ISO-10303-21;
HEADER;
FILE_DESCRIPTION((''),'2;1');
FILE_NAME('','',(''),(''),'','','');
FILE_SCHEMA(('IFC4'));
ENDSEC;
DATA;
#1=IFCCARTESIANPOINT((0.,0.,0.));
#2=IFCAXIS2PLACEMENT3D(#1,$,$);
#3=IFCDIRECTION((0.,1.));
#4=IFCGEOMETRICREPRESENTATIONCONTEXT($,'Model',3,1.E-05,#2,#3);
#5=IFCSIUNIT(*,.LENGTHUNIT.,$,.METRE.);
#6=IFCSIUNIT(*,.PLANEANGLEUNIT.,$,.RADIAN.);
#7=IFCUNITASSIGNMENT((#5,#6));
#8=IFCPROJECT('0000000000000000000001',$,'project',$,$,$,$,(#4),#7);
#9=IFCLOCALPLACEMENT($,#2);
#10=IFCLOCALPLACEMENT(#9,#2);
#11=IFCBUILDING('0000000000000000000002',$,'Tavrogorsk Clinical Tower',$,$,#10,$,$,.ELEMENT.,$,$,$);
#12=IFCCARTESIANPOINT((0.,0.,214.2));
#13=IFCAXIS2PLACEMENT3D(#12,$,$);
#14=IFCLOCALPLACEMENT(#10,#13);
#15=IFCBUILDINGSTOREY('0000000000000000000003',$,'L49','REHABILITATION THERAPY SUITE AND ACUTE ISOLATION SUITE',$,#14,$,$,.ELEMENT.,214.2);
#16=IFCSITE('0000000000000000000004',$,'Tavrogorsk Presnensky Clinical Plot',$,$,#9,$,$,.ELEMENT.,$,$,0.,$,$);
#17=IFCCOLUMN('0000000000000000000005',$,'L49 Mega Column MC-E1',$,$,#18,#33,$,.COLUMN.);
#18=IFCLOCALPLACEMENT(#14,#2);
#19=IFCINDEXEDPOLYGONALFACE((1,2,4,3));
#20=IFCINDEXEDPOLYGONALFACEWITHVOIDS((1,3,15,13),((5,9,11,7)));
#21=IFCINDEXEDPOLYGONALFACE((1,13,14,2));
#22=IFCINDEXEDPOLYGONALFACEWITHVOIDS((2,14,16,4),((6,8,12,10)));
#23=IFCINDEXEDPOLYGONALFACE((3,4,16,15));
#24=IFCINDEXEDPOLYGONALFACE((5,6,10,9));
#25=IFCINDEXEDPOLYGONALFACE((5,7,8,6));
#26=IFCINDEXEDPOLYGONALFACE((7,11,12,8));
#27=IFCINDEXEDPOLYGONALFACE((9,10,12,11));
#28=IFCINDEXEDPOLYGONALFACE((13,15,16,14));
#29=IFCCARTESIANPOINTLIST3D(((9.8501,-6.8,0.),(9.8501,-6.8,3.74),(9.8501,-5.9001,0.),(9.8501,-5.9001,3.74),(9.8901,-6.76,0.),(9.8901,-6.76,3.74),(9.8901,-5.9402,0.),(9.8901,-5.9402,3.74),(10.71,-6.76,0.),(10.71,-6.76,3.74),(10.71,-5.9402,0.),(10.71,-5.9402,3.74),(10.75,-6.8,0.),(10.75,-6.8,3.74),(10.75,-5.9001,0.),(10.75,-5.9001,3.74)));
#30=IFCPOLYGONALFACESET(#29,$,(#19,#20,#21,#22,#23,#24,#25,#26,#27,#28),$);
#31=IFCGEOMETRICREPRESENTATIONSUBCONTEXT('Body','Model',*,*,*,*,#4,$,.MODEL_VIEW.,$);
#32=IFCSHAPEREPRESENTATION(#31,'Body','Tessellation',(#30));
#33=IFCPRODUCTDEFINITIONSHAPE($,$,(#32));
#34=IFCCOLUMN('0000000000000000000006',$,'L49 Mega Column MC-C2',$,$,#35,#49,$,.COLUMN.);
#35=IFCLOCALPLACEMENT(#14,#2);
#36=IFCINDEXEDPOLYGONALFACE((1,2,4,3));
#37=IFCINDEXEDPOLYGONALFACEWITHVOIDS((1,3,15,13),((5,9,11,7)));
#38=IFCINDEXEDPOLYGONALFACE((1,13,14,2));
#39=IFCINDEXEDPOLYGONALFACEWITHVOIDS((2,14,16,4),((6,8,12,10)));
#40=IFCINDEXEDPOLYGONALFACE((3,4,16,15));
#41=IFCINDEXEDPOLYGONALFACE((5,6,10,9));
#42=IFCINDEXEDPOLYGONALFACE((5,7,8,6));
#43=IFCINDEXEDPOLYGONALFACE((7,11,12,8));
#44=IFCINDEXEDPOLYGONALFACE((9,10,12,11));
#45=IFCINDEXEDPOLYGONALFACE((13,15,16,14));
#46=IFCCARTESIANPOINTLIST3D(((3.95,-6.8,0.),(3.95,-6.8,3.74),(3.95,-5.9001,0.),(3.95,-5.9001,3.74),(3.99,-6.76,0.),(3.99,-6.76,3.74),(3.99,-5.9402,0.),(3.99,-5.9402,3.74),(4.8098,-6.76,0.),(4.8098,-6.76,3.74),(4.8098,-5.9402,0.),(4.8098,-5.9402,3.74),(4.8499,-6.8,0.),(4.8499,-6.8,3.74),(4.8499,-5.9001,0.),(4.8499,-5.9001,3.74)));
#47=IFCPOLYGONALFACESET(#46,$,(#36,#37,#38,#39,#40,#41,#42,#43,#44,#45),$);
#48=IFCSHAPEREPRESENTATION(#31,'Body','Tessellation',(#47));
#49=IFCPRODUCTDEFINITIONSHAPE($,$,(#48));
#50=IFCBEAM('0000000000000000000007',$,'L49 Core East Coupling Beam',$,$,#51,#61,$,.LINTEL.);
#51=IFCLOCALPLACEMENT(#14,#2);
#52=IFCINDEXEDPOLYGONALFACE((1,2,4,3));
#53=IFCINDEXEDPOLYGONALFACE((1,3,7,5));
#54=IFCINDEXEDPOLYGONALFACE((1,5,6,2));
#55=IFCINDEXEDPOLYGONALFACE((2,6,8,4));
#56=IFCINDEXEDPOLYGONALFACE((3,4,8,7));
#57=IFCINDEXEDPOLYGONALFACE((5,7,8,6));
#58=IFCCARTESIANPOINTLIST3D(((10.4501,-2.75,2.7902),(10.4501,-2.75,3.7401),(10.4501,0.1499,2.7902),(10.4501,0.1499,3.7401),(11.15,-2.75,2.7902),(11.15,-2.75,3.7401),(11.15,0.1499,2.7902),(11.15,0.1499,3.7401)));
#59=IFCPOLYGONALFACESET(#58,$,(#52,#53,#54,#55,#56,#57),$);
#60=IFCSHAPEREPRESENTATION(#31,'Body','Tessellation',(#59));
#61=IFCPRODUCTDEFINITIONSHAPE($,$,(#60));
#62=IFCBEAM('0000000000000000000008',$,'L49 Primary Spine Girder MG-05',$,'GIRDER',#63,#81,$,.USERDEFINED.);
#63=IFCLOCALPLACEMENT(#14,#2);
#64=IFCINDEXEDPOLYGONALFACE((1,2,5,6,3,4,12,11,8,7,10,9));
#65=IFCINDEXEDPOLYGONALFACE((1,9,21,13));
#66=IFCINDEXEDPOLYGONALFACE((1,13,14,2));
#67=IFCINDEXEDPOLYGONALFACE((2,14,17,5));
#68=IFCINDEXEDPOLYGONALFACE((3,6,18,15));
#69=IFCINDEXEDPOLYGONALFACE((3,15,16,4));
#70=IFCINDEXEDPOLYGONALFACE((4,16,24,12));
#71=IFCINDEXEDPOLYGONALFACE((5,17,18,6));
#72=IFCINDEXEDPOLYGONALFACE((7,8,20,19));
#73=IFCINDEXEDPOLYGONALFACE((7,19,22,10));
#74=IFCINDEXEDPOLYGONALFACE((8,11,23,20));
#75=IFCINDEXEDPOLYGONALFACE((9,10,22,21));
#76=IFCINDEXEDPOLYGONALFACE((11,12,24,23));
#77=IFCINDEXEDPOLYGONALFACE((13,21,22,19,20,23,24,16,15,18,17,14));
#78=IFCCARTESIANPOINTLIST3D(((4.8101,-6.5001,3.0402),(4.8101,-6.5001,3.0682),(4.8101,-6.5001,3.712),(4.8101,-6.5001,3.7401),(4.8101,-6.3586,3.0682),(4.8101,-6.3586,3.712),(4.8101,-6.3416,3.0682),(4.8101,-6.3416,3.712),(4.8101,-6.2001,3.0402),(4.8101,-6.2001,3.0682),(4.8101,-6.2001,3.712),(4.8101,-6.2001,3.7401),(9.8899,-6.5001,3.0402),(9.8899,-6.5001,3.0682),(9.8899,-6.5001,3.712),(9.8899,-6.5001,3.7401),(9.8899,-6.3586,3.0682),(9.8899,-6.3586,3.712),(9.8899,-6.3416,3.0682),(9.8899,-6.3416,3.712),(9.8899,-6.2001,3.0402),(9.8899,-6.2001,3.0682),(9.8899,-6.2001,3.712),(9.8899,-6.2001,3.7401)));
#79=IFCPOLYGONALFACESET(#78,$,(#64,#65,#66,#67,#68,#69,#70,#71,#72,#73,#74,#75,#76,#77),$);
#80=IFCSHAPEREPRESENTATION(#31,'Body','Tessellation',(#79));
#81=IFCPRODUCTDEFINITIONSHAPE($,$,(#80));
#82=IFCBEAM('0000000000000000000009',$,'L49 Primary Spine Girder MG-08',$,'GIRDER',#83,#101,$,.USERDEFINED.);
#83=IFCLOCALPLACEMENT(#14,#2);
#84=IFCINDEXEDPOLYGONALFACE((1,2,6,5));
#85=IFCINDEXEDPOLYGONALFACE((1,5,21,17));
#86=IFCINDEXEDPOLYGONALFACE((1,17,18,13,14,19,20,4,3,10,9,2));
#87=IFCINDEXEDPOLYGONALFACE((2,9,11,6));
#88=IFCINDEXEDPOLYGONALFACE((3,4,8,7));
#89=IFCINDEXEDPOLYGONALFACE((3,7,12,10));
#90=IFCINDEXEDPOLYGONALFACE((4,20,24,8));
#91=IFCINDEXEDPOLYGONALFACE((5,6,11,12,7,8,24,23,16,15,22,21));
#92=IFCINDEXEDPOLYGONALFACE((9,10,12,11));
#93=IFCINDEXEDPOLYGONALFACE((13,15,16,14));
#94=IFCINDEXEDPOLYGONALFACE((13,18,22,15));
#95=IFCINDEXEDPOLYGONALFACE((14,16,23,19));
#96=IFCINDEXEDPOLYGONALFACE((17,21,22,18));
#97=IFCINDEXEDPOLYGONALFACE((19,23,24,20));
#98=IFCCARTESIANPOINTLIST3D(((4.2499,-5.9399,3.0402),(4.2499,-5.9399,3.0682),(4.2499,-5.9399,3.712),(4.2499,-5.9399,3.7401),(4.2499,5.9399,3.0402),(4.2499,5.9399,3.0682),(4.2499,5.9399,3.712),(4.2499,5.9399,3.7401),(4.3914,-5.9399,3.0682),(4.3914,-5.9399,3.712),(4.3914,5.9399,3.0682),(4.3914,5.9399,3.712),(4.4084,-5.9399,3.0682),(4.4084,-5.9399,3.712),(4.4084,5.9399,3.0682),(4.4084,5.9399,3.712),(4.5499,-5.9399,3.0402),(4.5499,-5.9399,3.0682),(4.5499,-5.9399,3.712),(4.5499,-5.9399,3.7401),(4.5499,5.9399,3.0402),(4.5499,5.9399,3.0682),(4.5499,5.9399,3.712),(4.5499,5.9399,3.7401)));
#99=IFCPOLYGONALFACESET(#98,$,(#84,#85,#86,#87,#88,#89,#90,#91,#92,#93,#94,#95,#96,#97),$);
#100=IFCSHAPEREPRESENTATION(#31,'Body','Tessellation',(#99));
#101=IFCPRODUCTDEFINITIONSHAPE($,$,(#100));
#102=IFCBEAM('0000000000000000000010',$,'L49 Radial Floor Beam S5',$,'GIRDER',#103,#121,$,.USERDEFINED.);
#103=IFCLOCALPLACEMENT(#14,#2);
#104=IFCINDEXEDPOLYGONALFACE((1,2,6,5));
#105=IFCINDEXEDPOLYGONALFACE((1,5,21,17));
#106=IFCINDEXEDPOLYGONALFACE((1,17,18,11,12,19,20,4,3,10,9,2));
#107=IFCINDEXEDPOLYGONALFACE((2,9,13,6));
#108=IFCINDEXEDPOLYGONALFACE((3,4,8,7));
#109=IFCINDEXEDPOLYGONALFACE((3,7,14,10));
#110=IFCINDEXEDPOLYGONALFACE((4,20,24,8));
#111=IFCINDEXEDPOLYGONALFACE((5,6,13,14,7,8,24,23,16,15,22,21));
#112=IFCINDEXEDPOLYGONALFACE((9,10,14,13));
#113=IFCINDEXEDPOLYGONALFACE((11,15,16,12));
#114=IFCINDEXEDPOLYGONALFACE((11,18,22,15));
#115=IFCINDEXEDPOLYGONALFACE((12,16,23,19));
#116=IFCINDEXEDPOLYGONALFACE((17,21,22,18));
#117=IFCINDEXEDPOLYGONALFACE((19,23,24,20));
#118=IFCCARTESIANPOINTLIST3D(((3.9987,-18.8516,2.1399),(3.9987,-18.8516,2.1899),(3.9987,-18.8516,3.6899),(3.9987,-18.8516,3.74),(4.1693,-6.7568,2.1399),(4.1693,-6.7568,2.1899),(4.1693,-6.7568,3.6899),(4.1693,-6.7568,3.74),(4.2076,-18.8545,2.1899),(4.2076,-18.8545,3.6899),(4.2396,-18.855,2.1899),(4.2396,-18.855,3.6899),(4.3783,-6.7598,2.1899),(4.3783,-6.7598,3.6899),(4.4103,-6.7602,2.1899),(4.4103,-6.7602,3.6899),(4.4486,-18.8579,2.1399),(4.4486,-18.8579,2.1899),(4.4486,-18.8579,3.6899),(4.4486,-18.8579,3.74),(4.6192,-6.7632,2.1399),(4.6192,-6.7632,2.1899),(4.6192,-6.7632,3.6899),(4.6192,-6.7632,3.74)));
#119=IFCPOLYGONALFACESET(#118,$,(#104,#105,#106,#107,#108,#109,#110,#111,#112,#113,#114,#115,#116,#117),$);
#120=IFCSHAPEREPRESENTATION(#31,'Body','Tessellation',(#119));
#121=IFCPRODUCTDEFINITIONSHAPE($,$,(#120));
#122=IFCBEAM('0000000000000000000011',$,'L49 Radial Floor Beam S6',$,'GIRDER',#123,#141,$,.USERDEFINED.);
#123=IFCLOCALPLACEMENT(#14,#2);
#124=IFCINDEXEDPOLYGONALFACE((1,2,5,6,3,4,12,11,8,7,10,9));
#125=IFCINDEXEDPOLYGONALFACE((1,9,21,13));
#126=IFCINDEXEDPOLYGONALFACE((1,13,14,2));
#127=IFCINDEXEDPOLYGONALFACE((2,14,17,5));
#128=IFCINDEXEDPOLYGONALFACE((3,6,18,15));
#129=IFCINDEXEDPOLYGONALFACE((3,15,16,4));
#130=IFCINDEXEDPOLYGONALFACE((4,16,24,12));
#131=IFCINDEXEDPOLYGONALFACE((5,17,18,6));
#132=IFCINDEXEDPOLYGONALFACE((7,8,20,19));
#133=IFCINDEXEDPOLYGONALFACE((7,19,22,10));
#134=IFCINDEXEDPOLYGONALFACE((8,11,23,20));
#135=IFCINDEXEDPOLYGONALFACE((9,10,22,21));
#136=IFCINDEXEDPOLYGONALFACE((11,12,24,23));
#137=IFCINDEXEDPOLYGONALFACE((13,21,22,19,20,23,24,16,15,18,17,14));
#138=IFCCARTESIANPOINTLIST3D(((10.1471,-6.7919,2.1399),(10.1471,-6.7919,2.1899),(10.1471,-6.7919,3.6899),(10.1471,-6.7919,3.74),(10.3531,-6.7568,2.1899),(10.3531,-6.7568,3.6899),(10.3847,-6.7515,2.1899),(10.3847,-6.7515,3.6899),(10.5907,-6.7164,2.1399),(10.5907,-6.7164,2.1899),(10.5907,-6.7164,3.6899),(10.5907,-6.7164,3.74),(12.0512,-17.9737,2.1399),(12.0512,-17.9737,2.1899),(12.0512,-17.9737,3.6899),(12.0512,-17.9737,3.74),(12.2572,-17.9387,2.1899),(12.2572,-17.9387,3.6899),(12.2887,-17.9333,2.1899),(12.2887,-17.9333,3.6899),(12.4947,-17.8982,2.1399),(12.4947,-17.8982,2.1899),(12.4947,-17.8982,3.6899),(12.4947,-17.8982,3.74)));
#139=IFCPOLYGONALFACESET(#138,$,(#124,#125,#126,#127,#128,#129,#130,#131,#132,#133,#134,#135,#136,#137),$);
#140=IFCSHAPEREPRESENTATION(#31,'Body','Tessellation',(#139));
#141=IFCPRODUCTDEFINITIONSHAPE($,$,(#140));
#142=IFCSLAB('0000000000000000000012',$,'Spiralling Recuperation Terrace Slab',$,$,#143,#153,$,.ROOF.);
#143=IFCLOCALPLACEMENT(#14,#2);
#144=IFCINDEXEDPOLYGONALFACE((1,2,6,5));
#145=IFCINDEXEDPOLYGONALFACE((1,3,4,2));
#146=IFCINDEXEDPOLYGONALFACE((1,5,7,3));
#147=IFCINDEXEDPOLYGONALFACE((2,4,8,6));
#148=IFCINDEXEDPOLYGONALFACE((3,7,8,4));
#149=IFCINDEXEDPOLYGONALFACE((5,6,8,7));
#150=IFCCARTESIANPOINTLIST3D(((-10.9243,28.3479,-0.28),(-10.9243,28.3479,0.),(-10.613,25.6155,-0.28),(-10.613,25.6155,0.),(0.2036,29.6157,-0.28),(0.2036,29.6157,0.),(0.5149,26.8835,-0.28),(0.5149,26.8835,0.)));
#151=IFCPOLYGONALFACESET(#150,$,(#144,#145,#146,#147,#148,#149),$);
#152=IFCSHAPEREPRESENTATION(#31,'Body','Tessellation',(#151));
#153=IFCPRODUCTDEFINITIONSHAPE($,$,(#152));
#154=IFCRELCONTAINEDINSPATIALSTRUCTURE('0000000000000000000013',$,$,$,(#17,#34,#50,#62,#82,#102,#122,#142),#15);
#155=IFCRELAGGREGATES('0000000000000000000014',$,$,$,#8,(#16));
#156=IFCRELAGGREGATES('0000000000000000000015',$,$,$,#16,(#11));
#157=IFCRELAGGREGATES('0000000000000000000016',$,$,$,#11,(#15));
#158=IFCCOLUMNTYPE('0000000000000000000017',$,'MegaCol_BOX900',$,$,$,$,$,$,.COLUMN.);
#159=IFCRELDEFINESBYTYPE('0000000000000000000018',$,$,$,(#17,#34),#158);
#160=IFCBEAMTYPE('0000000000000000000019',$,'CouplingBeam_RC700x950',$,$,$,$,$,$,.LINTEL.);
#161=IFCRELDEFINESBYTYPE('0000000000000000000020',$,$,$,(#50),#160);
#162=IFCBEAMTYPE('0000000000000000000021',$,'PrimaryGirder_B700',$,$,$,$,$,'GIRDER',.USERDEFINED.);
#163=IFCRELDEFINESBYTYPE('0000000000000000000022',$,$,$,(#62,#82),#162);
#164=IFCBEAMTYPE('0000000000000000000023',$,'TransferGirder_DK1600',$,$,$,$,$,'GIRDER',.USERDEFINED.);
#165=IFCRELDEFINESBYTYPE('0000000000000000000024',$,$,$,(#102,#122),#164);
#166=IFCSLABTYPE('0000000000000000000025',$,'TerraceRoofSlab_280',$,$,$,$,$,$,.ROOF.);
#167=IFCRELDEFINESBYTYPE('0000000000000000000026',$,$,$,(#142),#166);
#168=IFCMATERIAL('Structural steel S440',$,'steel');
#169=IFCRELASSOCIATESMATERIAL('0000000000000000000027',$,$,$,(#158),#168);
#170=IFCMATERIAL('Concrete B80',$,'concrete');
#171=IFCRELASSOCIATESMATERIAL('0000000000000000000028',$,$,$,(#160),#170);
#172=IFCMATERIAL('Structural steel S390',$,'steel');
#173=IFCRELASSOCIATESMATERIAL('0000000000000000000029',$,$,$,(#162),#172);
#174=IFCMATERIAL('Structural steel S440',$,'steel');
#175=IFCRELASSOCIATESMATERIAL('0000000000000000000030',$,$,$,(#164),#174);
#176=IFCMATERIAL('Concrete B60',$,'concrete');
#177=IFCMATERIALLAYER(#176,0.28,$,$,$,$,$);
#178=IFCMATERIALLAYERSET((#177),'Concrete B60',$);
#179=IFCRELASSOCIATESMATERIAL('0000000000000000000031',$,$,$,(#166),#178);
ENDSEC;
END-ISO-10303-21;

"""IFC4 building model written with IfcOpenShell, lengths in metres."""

from ifc_helpers import new_model, si_unit, direction, frame, origin, origin_2d, place, context, subcontext, project, spatial, polyline, rectangle, hollow_rectangle, i_section, outline, extrude, material, layer, layer_set, material_profile, profile_set, type_object, element, save


model = new_model("IFC4")

# Units and contexts
model_context = context("Model", 3, precision=1e-05, world=origin(), true_north=direction((0.0, 1.0)))
body_context = subcontext(model_context, "Body", "Model", "MODEL_VIEW")
ifc_project = project(units=[si_unit("LENGTHUNIT", "METRE"), si_unit("PLANEANGLEUNIT", "RADIAN")], contexts=[model_context])

# Site, building, storey
site_placement = place(None, origin())
site = spatial("IfcSite", under=ifc_project, at=site_placement, Name="Tavrogorsk Presnensky Clinical Plot", CompositionType="ELEMENT", RefElevation=0.0)
building_placement = place(site_placement, origin())
building = spatial("IfcBuilding", under=site, at=building_placement, Name="Tavrogorsk Clinical Tower", CompositionType="ELEMENT")
storey_placement = place(building_placement, frame((0.0, 0.0, 214.2)))
storey = spatial("IfcBuildingStorey", under=building, at=storey_placement, Name="L49", Description="REHABILITATION THERAPY SUITE AND ACUTE ISOLATION SUITE", CompositionType="ELEMENT", Elevation=214.2)

# Columns
ifc_material_1 = material(Name="Structural steel S440", Category="steel")
ifc_material_profile_1 = material_profile(ifc_material_1, hollow_rectangle(XDim=0.8999, YDim=0.8999, WallThickness=0.04, at=origin_2d()), Name="BOX-900x900x40")
ifc_profile_set_1 = profile_set([ifc_material_profile_1], Name="Structural steel S440")
column_type = type_object("IfcColumnType", Name="MegaCol_BOX900", PredefinedType="COLUMN", material=ifc_profile_set_1)
for number, where, z_axis, x_axis, name in (
    (1, (10.3, -6.3501, 0.0), (0.0, 0.0, 1.0), (1.0, 0.0, 0.0), "L49 Mega Column MC-E1"),
    (2, (4.3999, -6.3501, 0.0), (0.0, 0.0, 1.0), (1.0, 0.0, 0.0), "L49 Mega Column MC-C2"),
):
    element("IfcColumn", number, at=place(storey_placement, frame(where, z_axis=z_axis, x_axis=x_axis)), inside=storey, type_object=column_type, Name=name, PredefinedType="COLUMN", context=body_context, shape_type="SweptSolid", body=[
        extrude(hollow_rectangle(XDim=0.8999, YDim=0.8999, WallThickness=0.04, at=origin_2d()), origin(), (0.0, 0.0, 1.0), 3.74),
    ])

# Beams
ifc_material_2 = material(Name="Concrete B80", Category="concrete")
ifc_material_profile_2 = material_profile(ifc_material_2, rectangle(XDim=0.7, YDim=0.95, at=origin_2d()), Name="RC-CB-700x950")
ifc_profile_set_2 = profile_set([ifc_material_profile_2], Name="Concrete B80")
beam_type_1 = type_object("IfcBeamType", Name="CouplingBeam_RC700x950", PredefinedType="LINTEL", material=ifc_profile_set_2)
beam_1_placement = place(storey_placement, frame((10.8, -2.75, 3.2651), z_axis=(0.0, 1.0, 0.0), x_axis=(-1.0, 0.0, 0.0)))
element("IfcBeam", 3, at=beam_1_placement, inside=storey, type_object=beam_type_1, Name="L49 Core East Coupling Beam", PredefinedType="LINTEL", context=body_context, shape_type="SweptSolid", body=[
    extrude(rectangle(XDim=0.7, YDim=0.95, at=origin_2d()), origin(), (0.0, 0.0, 1.0), 2.8999),
])
ifc_material_3 = material(Name="Structural steel S390", Category="steel")
ifc_material_profile_3 = material_profile(ifc_material_3, i_section(OverallWidth=0.3, OverallDepth=0.7, WebThickness=0.0171, FlangeThickness=0.0281, at=origin_2d()), Name="B-700x300x17x28")
ifc_profile_set_3 = profile_set([ifc_material_profile_3], Name="Structural steel S390")
beam_type_2 = type_object("IfcBeamType", Name="PrimaryGirder_B700", ElementType="GIRDER", PredefinedType="USERDEFINED", material=ifc_profile_set_3)
beam_2_placement = place(storey_placement, frame((4.8101, -6.3501, 3.3901), z_axis=(1.0, 0.0, 0.0), x_axis=(0.0, 1.0, 0.0)))
element("IfcBeam", 4, at=beam_2_placement, inside=storey, type_object=beam_type_2, Name="L49 Primary Spine Girder MG-05", ObjectType="GIRDER", PredefinedType="USERDEFINED", context=body_context, shape_type="SweptSolid", body=[
    extrude(i_section(OverallWidth=0.3, OverallDepth=0.7, WebThickness=0.0171, FlangeThickness=0.0281, at=origin_2d()), origin(), (0.0, 0.0, 1.0), 5.0798),
])
beam_3_placement = place(storey_placement, frame((4.3999, -5.9399, 3.3901), z_axis=(0.0, 1.0, 0.0), x_axis=(-1.0, 0.0, 0.0)))
element("IfcBeam", 5, at=beam_3_placement, inside=storey, type_object=beam_type_2, Name="L49 Primary Spine Girder MG-08", ObjectType="GIRDER", PredefinedType="USERDEFINED", context=body_context, shape_type="SweptSolid", body=[
    extrude(i_section(OverallWidth=0.3, OverallDepth=0.7, WebThickness=0.0171, FlangeThickness=0.0281, at=origin_2d()), origin(), (0.0, 0.0, 1.0), 11.8799),
])
ifc_material_4 = material(Name="Structural steel S440", Category="steel")
ifc_material_profile_4 = material_profile(ifc_material_4, i_section(OverallWidth=0.45, OverallDepth=1.6001, WebThickness=0.032, FlangeThickness=0.05, at=origin_2d()), Name="DK-1600x450x32x50")
ifc_profile_set_4 = profile_set([ifc_material_profile_4], Name="Structural steel S440")
beam_type_3 = type_object("IfcBeamType", Name="TransferGirder_DK1600", ElementType="GIRDER", PredefinedType="USERDEFINED", material=ifc_profile_set_4)
beam_4_placement = place(storey_placement, frame((4.3943, -6.76, 2.9399), z_axis=(-0.014108, -0.9999, 0.0), x_axis=(0.9999, -0.014108, 0.0)))
element("IfcBeam", 6, at=beam_4_placement, inside=storey, type_object=beam_type_3, Name="L49 Radial Floor Beam S5", ObjectType="GIRDER", PredefinedType="USERDEFINED", context=body_context, shape_type="SweptSolid", body=[
    extrude(i_section(OverallWidth=0.45, OverallDepth=1.6001, WebThickness=0.032, FlangeThickness=0.05, at=origin_2d()), origin(), (0.0, 0.0, 1.0), 12.0959),
])
beam_5_placement = place(storey_placement, frame((10.3689, -6.7542, 2.9399), z_axis=(0.167864, -0.98581, 0.0), x_axis=(0.98581, 0.167864, 0.0)))
element("IfcBeam", 7, at=beam_5_placement, inside=storey, type_object=beam_type_3, Name="L49 Radial Floor Beam S6", ObjectType="GIRDER", PredefinedType="USERDEFINED", context=body_context, shape_type="SweptSolid", body=[
    extrude(i_section(OverallWidth=0.45, OverallDepth=1.6001, WebThickness=0.032, FlangeThickness=0.05, at=origin_2d()), origin(), (0.0, 0.0, 1.0), 11.3428),
])

# Slab
ifc_material_5 = material(Name="Concrete B60", Category="concrete")
ifc_layer_1 = layer(ifc_material_5, 0.28)
ifc_layer_set_1 = layer_set([ifc_layer_1], Name="Concrete B60")
slab_type_1 = type_object("IfcSlabType", Name="TerraceRoofSlab_280", PredefinedType="ROOF", material=ifc_layer_set_1)
slab_1_placement = place(storey_placement, frame((0.0, 0.0, -0.28)))
element("IfcSlab", 8, at=slab_1_placement, inside=storey, type_object=slab_type_1, Name="Spiralling Recuperation Terrace Slab", PredefinedType="ROOF", context=body_context, shape_type="SweptSolid", body=[
    extrude(outline(polyline([(-10.9243, 28.3479), (0.2036, 29.6157), (0.5149, 26.8835), (-10.613, 25.6155), (-10.9243, 28.3479)])), origin(), (0.0, 0.0, 1.0), 0.28),
])

save(model, "model.ifc")
